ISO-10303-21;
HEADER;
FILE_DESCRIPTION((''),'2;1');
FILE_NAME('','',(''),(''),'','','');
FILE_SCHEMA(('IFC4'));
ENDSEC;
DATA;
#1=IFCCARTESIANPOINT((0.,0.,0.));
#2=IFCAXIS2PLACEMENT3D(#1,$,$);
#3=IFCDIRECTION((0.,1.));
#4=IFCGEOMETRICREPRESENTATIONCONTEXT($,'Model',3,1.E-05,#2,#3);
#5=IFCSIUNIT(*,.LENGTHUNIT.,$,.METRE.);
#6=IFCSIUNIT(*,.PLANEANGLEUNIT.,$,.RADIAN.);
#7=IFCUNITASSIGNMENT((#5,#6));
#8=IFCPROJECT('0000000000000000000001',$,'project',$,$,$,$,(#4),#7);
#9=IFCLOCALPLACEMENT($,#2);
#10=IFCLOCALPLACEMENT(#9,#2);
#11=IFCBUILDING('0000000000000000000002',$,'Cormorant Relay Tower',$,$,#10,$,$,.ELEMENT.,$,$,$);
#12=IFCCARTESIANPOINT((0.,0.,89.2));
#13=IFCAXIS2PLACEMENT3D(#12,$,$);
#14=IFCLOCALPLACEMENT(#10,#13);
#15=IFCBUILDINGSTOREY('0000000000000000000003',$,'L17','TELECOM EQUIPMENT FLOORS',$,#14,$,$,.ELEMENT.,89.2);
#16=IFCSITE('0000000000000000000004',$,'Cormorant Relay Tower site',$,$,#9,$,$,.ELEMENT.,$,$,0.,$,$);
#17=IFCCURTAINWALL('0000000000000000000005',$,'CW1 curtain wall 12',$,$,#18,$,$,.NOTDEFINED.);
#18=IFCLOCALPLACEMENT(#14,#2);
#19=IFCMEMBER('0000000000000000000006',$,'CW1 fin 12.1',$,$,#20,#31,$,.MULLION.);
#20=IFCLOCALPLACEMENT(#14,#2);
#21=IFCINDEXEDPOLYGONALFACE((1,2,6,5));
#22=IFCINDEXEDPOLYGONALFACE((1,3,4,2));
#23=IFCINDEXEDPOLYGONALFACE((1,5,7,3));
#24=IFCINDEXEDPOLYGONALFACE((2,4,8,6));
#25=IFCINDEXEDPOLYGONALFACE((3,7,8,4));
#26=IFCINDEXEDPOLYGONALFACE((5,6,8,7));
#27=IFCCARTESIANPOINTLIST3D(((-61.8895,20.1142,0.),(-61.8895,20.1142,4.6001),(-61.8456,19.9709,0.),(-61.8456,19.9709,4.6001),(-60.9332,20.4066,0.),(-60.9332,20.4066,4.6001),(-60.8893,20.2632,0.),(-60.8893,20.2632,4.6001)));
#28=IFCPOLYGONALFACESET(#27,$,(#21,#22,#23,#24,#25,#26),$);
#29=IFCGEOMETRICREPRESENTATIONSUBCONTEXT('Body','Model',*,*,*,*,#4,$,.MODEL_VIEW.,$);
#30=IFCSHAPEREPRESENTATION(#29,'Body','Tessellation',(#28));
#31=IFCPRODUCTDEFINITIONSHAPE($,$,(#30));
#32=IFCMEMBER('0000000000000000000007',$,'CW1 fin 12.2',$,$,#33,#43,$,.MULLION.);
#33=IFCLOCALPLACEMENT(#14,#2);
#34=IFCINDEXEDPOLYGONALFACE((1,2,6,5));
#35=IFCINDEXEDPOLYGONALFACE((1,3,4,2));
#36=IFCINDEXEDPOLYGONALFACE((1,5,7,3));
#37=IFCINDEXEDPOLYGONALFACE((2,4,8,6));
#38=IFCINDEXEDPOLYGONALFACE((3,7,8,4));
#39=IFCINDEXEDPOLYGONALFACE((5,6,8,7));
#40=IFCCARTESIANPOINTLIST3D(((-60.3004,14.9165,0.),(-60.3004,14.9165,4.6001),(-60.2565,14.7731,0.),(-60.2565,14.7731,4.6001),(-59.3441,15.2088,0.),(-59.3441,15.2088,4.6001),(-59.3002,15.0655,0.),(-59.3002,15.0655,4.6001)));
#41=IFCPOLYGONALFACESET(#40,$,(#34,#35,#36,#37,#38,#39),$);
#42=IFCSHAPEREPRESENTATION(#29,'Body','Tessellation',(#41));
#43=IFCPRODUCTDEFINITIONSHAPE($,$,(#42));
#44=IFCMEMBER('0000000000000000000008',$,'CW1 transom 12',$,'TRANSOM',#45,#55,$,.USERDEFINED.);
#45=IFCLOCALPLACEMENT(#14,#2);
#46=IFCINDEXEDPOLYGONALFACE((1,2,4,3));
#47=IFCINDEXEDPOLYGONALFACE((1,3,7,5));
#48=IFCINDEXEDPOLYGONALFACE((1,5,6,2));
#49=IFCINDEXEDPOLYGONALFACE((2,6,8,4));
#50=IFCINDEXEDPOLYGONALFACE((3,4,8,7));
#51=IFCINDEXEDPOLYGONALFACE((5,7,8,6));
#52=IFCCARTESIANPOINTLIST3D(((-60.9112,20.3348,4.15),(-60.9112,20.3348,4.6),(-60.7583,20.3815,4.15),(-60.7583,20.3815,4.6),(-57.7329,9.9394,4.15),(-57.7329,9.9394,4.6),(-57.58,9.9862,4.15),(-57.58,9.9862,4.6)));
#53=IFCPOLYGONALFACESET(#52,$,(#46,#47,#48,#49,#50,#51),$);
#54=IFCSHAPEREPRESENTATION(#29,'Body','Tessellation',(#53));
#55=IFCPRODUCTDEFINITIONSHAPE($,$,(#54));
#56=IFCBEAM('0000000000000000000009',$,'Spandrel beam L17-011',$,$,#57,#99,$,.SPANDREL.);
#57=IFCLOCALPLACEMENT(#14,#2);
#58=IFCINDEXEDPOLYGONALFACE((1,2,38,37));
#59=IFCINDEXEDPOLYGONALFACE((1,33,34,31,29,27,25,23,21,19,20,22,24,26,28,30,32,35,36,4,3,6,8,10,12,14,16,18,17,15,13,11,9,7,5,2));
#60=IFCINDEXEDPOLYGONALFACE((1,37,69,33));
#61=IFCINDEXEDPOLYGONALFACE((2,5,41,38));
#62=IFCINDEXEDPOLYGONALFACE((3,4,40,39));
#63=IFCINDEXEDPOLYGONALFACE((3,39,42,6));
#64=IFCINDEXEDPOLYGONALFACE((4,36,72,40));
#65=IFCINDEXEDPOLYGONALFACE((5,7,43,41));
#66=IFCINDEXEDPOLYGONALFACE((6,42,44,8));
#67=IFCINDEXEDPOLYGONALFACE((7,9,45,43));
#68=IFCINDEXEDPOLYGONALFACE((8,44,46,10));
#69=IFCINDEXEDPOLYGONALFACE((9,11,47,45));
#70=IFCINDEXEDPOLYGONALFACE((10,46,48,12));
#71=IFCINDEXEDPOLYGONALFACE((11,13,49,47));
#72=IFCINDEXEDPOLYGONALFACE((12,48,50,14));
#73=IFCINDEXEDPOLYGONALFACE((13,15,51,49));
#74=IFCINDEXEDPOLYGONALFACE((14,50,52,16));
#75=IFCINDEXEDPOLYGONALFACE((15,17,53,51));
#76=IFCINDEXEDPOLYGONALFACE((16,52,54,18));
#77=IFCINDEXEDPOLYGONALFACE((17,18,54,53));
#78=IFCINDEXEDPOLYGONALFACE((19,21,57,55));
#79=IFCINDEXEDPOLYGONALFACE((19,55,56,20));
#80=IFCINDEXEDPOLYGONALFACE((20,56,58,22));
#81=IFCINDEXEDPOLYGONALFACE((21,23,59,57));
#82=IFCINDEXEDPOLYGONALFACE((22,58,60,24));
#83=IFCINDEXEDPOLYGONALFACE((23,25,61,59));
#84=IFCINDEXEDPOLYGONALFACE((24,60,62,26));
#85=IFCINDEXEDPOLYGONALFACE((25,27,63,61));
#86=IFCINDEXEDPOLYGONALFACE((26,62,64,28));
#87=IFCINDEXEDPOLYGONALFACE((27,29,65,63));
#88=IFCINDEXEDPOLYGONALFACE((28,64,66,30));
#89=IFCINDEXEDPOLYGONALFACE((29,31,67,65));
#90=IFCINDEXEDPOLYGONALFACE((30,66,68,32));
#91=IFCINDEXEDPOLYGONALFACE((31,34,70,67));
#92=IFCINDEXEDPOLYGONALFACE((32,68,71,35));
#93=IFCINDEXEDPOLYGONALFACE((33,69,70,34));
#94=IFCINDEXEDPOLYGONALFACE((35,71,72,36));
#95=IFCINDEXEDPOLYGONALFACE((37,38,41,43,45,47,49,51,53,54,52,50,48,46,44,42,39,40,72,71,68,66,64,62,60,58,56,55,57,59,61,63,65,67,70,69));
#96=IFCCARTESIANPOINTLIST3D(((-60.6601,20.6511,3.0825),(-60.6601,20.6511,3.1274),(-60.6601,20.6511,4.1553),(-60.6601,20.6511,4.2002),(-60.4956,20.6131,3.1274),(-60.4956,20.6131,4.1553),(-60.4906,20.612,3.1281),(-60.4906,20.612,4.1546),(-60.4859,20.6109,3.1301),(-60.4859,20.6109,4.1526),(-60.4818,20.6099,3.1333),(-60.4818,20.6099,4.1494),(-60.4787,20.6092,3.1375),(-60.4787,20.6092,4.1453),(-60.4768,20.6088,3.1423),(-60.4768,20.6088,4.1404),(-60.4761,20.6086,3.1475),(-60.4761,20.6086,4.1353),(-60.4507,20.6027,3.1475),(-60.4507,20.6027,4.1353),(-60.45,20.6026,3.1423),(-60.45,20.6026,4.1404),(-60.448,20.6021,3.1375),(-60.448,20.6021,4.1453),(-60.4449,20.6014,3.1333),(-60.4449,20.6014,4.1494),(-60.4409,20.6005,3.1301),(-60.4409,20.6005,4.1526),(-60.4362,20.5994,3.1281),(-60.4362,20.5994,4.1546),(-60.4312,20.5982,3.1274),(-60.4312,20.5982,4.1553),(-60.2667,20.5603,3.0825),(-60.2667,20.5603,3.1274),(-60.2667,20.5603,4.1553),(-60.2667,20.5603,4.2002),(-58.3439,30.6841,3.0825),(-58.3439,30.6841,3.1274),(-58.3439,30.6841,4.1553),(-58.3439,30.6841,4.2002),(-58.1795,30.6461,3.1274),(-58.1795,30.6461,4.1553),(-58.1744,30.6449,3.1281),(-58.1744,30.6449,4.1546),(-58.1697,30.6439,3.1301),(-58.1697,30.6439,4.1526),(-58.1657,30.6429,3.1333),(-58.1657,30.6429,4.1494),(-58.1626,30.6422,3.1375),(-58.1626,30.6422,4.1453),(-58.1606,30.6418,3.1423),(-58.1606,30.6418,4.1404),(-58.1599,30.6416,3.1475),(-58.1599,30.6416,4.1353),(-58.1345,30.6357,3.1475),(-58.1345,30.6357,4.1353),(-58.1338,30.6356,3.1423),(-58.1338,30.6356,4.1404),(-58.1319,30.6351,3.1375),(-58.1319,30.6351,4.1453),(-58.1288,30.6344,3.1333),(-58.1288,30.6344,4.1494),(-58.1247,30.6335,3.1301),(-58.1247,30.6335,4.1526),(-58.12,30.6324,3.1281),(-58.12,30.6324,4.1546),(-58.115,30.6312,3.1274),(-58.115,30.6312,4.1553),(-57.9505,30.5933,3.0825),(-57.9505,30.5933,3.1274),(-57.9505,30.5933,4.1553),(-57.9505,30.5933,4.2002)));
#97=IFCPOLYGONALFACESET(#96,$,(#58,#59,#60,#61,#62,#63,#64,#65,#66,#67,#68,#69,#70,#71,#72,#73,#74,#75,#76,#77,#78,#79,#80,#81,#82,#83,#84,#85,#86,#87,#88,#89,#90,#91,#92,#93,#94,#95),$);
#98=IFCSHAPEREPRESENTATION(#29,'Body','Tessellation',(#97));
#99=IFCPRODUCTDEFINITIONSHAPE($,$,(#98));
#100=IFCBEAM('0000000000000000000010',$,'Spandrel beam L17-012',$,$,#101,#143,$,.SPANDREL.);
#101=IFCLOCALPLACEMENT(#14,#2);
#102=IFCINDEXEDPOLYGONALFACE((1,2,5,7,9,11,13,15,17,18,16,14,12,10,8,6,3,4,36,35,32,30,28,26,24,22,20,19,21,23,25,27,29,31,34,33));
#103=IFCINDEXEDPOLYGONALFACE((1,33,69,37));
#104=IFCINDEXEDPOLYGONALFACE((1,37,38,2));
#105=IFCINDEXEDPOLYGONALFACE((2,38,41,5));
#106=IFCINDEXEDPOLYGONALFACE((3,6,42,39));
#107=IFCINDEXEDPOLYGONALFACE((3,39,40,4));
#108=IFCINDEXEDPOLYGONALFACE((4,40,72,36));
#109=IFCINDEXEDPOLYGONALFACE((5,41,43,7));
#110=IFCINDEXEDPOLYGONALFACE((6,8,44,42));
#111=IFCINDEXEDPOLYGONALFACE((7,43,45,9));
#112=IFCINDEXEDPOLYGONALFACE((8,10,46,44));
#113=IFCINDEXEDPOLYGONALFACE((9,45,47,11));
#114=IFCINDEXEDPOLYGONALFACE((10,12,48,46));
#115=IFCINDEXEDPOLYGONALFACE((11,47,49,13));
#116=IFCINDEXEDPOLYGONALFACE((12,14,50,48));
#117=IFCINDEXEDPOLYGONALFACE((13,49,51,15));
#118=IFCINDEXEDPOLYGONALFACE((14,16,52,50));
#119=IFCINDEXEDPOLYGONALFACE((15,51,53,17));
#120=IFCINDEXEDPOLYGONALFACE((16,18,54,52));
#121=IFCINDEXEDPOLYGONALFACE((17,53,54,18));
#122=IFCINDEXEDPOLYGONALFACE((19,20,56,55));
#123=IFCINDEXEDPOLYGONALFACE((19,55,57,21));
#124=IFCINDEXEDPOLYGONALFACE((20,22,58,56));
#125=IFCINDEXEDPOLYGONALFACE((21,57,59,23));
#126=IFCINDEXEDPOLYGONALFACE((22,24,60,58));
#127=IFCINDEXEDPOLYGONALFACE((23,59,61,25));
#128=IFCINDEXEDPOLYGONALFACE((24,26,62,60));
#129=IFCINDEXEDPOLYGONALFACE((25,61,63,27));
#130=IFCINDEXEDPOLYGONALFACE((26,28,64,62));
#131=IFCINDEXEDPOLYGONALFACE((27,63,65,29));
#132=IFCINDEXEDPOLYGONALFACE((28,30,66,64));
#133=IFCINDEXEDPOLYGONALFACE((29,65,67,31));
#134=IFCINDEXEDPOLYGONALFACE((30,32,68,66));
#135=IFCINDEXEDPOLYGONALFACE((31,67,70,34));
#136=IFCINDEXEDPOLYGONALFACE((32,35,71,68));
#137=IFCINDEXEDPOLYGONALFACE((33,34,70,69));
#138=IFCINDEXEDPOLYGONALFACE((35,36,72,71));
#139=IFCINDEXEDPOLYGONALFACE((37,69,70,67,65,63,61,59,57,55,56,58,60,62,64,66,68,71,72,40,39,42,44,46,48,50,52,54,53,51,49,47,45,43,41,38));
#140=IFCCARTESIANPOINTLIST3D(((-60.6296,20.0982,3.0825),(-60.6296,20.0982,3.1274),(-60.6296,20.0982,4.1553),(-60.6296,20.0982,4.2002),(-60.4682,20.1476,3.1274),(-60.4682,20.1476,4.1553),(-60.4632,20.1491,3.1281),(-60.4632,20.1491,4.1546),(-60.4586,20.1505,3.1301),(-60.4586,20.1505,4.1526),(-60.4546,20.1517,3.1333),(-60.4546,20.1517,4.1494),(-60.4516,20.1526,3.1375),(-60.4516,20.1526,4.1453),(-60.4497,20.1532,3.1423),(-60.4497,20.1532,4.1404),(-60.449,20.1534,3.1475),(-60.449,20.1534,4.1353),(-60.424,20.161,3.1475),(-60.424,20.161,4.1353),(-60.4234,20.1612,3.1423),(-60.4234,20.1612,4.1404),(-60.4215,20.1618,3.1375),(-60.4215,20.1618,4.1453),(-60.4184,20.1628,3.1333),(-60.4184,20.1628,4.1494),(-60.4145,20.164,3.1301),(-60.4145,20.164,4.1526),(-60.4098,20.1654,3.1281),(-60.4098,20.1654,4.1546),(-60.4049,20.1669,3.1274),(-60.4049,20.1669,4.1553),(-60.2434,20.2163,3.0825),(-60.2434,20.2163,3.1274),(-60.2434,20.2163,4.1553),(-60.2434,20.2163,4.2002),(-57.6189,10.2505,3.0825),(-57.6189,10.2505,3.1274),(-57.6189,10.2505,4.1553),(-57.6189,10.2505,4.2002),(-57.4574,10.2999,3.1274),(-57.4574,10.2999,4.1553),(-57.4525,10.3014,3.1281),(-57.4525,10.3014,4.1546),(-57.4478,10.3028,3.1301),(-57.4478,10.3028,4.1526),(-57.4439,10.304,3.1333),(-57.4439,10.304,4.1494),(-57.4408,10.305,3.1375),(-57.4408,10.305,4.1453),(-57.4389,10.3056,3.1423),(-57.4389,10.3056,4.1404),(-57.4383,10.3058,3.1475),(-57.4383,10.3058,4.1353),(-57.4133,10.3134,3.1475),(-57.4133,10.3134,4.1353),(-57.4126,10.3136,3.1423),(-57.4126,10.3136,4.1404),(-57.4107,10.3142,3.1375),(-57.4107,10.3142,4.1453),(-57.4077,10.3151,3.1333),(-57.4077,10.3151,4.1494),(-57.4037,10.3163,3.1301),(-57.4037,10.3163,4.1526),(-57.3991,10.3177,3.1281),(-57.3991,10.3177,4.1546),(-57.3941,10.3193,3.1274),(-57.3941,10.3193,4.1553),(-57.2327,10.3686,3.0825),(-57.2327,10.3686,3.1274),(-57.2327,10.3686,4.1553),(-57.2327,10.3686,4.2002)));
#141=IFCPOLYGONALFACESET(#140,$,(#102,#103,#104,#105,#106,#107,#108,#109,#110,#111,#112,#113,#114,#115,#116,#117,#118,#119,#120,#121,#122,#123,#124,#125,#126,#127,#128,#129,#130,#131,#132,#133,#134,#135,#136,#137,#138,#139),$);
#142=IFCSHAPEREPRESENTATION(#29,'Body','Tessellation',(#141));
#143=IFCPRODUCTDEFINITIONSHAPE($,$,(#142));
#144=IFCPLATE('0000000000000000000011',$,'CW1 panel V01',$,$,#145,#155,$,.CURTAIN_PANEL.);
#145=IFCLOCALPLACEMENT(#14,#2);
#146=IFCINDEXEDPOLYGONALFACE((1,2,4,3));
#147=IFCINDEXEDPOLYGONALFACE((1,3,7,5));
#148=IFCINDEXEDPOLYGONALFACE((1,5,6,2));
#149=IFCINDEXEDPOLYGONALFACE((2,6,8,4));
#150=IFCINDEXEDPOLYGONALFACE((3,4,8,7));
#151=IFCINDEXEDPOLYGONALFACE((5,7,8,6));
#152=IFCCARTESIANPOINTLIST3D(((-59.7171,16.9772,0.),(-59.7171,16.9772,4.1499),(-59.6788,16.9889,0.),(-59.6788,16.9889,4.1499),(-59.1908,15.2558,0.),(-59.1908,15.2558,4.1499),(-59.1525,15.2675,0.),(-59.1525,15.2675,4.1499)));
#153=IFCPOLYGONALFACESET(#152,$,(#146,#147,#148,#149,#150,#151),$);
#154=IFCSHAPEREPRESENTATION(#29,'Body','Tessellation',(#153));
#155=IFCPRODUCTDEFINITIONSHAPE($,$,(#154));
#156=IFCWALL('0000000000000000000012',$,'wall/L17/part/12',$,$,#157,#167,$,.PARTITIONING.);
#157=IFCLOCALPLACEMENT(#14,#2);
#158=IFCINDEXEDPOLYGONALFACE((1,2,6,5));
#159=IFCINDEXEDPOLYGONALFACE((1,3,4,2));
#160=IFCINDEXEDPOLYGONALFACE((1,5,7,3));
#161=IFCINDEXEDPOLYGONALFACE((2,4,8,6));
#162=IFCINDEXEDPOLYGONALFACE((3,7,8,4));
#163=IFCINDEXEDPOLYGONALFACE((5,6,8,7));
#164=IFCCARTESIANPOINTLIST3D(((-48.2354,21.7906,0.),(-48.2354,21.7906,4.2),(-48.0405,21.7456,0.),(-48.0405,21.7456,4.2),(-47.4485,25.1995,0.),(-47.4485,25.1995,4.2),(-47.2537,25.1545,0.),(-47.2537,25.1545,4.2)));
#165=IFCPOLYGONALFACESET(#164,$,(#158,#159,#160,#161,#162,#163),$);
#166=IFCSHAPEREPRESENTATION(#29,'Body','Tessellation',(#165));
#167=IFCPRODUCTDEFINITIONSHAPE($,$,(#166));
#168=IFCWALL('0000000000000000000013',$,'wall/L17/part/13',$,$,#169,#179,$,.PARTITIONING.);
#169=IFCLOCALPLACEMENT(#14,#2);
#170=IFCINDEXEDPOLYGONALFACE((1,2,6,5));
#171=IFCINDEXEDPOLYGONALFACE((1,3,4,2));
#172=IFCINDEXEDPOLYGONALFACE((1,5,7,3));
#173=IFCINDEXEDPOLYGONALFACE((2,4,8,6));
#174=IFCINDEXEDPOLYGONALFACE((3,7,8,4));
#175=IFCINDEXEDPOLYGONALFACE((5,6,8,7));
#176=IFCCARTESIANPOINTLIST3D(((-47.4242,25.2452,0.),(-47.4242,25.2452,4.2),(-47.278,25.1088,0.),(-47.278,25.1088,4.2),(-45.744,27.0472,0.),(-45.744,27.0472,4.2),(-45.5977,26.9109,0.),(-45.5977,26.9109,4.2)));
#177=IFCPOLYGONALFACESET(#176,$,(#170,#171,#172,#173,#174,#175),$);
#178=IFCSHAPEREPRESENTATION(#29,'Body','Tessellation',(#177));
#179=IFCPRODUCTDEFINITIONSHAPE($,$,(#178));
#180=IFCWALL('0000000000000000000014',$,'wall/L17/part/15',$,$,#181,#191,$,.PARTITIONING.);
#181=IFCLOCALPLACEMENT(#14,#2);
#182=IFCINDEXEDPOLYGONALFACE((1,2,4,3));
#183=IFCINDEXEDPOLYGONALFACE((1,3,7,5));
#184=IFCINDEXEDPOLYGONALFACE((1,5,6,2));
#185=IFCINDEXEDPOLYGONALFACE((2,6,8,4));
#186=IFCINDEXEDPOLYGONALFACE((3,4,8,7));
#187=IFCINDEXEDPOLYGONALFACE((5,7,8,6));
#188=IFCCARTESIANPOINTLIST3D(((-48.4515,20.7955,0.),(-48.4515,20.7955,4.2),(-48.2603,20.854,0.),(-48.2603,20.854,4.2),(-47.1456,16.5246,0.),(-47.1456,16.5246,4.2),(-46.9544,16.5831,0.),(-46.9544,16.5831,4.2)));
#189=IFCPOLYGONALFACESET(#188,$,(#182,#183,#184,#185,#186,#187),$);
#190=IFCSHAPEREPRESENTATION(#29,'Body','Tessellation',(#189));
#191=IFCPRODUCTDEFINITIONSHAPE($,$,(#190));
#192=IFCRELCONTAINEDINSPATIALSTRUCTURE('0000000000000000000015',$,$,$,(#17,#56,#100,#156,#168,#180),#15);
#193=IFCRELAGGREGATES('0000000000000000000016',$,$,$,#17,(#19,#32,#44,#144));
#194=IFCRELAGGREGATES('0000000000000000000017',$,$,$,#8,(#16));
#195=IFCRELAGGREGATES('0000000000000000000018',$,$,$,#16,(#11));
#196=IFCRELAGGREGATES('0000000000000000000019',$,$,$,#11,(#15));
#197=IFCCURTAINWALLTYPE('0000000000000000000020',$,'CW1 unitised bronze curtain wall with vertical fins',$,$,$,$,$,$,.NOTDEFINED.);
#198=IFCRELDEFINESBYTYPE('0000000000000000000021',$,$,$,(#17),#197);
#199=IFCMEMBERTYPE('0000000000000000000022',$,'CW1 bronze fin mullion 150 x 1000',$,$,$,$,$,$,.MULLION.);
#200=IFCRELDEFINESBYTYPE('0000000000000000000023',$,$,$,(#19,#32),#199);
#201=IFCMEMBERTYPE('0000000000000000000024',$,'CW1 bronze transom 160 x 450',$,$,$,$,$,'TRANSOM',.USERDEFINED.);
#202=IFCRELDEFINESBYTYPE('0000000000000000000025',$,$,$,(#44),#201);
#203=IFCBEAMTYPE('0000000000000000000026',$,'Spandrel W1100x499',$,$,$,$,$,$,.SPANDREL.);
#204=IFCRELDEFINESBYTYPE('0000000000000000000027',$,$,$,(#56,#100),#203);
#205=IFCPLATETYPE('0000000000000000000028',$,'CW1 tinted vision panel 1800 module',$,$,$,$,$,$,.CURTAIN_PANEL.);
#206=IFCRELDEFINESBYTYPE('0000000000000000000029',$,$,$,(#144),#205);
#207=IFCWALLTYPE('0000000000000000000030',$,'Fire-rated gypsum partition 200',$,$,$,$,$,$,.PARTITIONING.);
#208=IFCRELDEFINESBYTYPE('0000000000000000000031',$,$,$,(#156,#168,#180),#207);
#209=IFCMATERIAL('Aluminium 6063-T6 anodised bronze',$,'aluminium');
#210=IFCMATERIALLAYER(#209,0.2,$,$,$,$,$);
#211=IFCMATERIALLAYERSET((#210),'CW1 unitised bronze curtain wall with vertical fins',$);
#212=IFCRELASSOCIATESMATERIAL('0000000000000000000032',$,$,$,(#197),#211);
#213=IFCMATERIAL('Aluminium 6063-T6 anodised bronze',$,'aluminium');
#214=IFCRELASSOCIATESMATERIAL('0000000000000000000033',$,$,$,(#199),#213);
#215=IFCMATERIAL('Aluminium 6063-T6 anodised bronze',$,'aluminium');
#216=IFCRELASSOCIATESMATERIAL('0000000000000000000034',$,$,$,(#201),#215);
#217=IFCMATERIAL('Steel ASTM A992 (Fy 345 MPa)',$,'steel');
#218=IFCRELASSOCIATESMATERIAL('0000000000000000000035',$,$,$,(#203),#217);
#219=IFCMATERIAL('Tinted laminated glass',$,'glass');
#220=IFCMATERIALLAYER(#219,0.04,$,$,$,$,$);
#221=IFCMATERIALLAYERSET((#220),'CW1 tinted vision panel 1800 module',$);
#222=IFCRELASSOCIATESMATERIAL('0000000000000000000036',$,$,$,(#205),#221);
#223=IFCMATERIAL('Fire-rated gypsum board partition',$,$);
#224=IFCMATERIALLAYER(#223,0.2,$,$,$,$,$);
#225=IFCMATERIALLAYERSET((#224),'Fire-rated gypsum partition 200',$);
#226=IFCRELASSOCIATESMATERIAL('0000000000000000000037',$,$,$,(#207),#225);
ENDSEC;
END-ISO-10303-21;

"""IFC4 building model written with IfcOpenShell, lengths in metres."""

from ifc_helpers import new_model, si_unit, direction, frame, frame_2d, origin, origin_2d, place, context, subcontext, project, spatial, rectangle, i_section, extrude, material, layer, layer_set, material_profile, profile_set, type_object, element, aggregate, save


model = new_model("IFC4")

# Units and contexts
model_context = context("Model", 3, precision=1e-05, world=origin(), true_north=direction((0.0, 1.0)))
body_context = subcontext(model_context, "Body", "Model", "MODEL_VIEW")
ifc_project = project(units=[si_unit("LENGTHUNIT", "METRE"), si_unit("PLANEANGLEUNIT", "RADIAN")], contexts=[model_context])

# Site, building, storey
site_placement = place(None, origin())
site = spatial("IfcSite", under=ifc_project, at=site_placement, Name="Cormorant Relay Tower site", CompositionType="ELEMENT", RefElevation=0.0)
building_placement = place(site_placement, origin())
building = spatial("IfcBuilding", under=site, at=building_placement, Name="Cormorant Relay Tower", CompositionType="ELEMENT")
storey_placement = place(building_placement, frame((0.0, 0.0, 89.2)))
storey = spatial("IfcBuildingStorey", under=building, at=storey_placement, Name="L17", Description="TELECOM EQUIPMENT FLOORS", CompositionType="ELEMENT", Elevation=89.2)

# Shared definitions
ifc_material_1 = material(Name="Aluminium 6063-T6 anodised bronze", Category="aluminium")
ifc_layer_1 = layer(ifc_material_1, 0.2)
ifc_layer_set_1 = layer_set([ifc_layer_1], Name="CW1 unitised bronze curtain wall with vertical fins")
curtain_wall_type = type_object("IfcCurtainWallType", Name="CW1 unitised bronze curtain wall with vertical fins", PredefinedType="NOTDEFINED", material=ifc_layer_set_1)
ifc_material_2 = material(Name="Aluminium 6063-T6 anodised bronze", Category="aluminium")
ifc_material_profile_1 = material_profile(ifc_material_2, rectangle(XDim=0.1499, YDim=1.0, at=origin_2d()), Name="AL 150x1000")
ifc_profile_set_1 = profile_set([ifc_material_profile_1], Name="Aluminium 6063-T6 anodised bronze")
member_type_1 = type_object("IfcMemberType", Name="CW1 bronze fin mullion 150 x 1000", PredefinedType="MULLION", material=ifc_profile_set_1)

# Curtain wall, members
curtain_wall_1_placement = place(storey_placement, origin())
curtain_wall_1 = element("IfcCurtainWall", 1, at=curtain_wall_1_placement, inside=storey, type_object=curtain_wall_type, Name="CW1 curtain wall 12", PredefinedType="NOTDEFINED")
member_1_placement = place(storey_placement, frame((-61.3894, 20.1887, 0.0), z_axis=(0.0, 0.0, 1.0), x_axis=(0.292372, -0.956305, 0.0)))
member_1 = element("IfcMember", 2, at=member_1_placement, type_object=member_type_1, Name="CW1 fin 12.1", PredefinedType="MULLION", context=body_context, shape_type="SweptSolid", body=[
    extrude(rectangle(XDim=0.1499, YDim=1.0, at=origin_2d()), origin(), (0.0, 0.0, 1.0), 4.6001),
])
member_2_placement = place(storey_placement, frame((-59.8003, 14.991, 0.0), z_axis=(0.0, 0.0, 1.0), x_axis=(0.292372, -0.956305, 0.0)))
member_2 = element("IfcMember", 3, at=member_2_placement, type_object=member_type_1, Name="CW1 fin 12.2", PredefinedType="MULLION", context=body_context, shape_type="SweptSolid", body=[
    extrude(rectangle(XDim=0.1499, YDim=1.0, at=origin_2d()), origin(), (0.0, 0.0, 1.0), 4.6001),
])
ifc_material_3 = material(Name="Aluminium 6063-T6 anodised bronze", Category="aluminium")
ifc_material_profile_2 = material_profile(ifc_material_3, rectangle(XDim=0.1599, YDim=0.45, at=origin_2d()), Name="AL 160x450")
ifc_profile_set_2 = profile_set([ifc_material_profile_2], Name="Aluminium 6063-T6 anodised bronze")
member_type_2 = type_object("IfcMemberType", Name="CW1 bronze transom 160 x 450", ElementType="TRANSOM", PredefinedType="USERDEFINED", material=ifc_profile_set_2)
member_3_placement = place(storey_placement, frame((-60.8347, 20.3582, 4.375), z_axis=(0.292378, -0.956303, 0.0), x_axis=(0.956303, 0.292378, 0.0)))
member_3 = element("IfcMember", 4, at=member_3_placement, type_object=member_type_2, Name="CW1 transom 12", ObjectType="TRANSOM", PredefinedType="USERDEFINED", context=body_context, shape_type="SweptSolid", body=[
    extrude(rectangle(XDim=0.1599, YDim=0.45, at=origin_2d()), origin(), (0.0, 0.0, 1.0), 10.8704),
])

# Beams
ifc_material_4 = material(Name="Steel ASTM A992 (Fy 345 MPa)", Category="steel")
ifc_material_profile_3 = material_profile(ifc_material_4, i_section(OverallWidth=0.4038, OverallDepth=1.1177, WebThickness=0.0261, FlangeThickness=0.0449, FilletRadius=0.02, at=origin_2d()), Name="W1100x499")
ifc_profile_set_3 = profile_set([ifc_material_profile_3], Name="Steel ASTM A992 (Fy 345 MPa)")
beam_type = type_object("IfcBeamType", Name="Spandrel W1100x499", PredefinedType="SPANDREL", material=ifc_profile_set_3)
beam_1_placement = place(storey_placement, frame((-58.1472, 30.6387, 3.6414), z_axis=(-0.224939, -0.974373, 0.0), x_axis=(0.974373, -0.224939, 0.0)))
element("IfcBeam", 5, at=beam_1_placement, inside=storey, type_object=beam_type, Name="Spandrel beam L17-011", PredefinedType="SPANDREL", context=body_context, shape_type="SweptSolid", body=[
    extrude(i_section(OverallWidth=0.4038, OverallDepth=1.1177, WebThickness=0.0261, FlangeThickness=0.0449, FilletRadius=0.02, at=origin_2d()), origin(), (0.0, 0.0, 1.0), 10.2969),
])
beam_2_placement = place(storey_placement, frame((-60.4365, 20.1572, 3.6414), z_axis=(0.292373, -0.956304, 0.0), x_axis=(0.956304, 0.292373, 0.0)))
element("IfcBeam", 6, at=beam_2_placement, inside=storey, type_object=beam_type, Name="Spandrel beam L17-012", PredefinedType="SPANDREL", context=body_context, shape_type="SweptSolid", body=[
    extrude(i_section(OverallWidth=0.4038, OverallDepth=1.1177, WebThickness=0.0261, FlangeThickness=0.0449, FilletRadius=0.02, at=origin_2d()), origin(), (0.0, 0.0, 1.0), 10.2976),
])

# Plate
ifc_material_5 = material(Name="Tinted laminated glass", Category="glass")
ifc_layer_2 = layer(ifc_material_5, 0.04)
ifc_layer_set_2 = layer_set([ifc_layer_2], Name="CW1 tinted vision panel 1800 module")
plate_type = type_object("IfcPlateType", Name="CW1 tinted vision panel 1800 module", PredefinedType="CURTAIN_PANEL", material=ifc_layer_set_2)
plate_placement = place(storey_placement, frame((-59.4348, 16.1223, 0.0), z_axis=(0.0, 0.0, 1.0), x_axis=(0.292372, -0.956305, 0.0)))
plate = element("IfcPlate", 7, at=plate_placement, type_object=plate_type, Name="CW1 panel V01", PredefinedType="CURTAIN_PANEL", context=body_context, shape_type="SweptSolid", body=[
    extrude(rectangle(XDim=1.8, YDim=0.04, at=origin_2d()), origin(), (0.0, 0.0, 1.0), 4.1499),
])

# Walls
ifc_material_6 = material(Name="Fire-rated gypsum board partition")
ifc_layer_3 = layer(ifc_material_6, 0.2)
ifc_layer_set_3 = layer_set([ifc_layer_3], Name="Fire-rated gypsum partition 200")
wall_type_1 = type_object("IfcWallType", Name="Fire-rated gypsum partition 200", PredefinedType="PARTITIONING", material=ifc_layer_set_3)
wall_1_placement = place(storey_placement, frame((-48.1379, 21.7681, 0.0), z_axis=(0.0, 0.0, 1.0), x_axis=(0.22491, 0.974379, 0.0)))
element("IfcWall", 8, at=wall_1_placement, inside=storey, type_object=wall_type_1, Name="wall/L17/part/12", PredefinedType="PARTITIONING", context=body_context, shape_type="SweptSolid", body=[
    extrude(rectangle(XDim=3.4985, YDim=0.2, at=frame_2d((1.7493, 0.0))), origin(), (0.0, 0.0, 1.0), 4.2),
])
wall_2_placement = place(storey_placement, frame((-47.3511, 25.177, 0.0), z_axis=(0.0, 0.0, 1.0), x_axis=(0.681951, 0.731398, 0.0)))
element("IfcWall", 9, at=wall_2_placement, inside=storey, type_object=wall_type_1, Name="wall/L17/part/13", PredefinedType="PARTITIONING", context=body_context, shape_type="SweptSolid", body=[
    extrude(rectangle(XDim=2.4639, YDim=0.2, at=frame_2d((1.2319, 0.0))), origin(), (0.0, 0.0, 1.0), 4.2),
])
wall_3_placement = place(storey_placement, frame((-47.05, 16.554, 0.0), z_axis=(0.0, 0.0, 1.0), x_axis=(-0.292399, 0.956296, 0.0)))
element("IfcWall", 10, at=wall_3_placement, inside=storey, type_object=wall_type_1, Name="wall/L17/part/15", PredefinedType="PARTITIONING", context=body_context, shape_type="SweptSolid", body=[
    extrude(rectangle(XDim=4.4661, YDim=0.2, at=frame_2d((2.2329, 0.0))), origin(), (0.0, 0.0, 1.0), 4.2),
])

aggregate(curtain_wall_1, [member_1, member_2, member_3, plate])

save(model, "model.ifc")
